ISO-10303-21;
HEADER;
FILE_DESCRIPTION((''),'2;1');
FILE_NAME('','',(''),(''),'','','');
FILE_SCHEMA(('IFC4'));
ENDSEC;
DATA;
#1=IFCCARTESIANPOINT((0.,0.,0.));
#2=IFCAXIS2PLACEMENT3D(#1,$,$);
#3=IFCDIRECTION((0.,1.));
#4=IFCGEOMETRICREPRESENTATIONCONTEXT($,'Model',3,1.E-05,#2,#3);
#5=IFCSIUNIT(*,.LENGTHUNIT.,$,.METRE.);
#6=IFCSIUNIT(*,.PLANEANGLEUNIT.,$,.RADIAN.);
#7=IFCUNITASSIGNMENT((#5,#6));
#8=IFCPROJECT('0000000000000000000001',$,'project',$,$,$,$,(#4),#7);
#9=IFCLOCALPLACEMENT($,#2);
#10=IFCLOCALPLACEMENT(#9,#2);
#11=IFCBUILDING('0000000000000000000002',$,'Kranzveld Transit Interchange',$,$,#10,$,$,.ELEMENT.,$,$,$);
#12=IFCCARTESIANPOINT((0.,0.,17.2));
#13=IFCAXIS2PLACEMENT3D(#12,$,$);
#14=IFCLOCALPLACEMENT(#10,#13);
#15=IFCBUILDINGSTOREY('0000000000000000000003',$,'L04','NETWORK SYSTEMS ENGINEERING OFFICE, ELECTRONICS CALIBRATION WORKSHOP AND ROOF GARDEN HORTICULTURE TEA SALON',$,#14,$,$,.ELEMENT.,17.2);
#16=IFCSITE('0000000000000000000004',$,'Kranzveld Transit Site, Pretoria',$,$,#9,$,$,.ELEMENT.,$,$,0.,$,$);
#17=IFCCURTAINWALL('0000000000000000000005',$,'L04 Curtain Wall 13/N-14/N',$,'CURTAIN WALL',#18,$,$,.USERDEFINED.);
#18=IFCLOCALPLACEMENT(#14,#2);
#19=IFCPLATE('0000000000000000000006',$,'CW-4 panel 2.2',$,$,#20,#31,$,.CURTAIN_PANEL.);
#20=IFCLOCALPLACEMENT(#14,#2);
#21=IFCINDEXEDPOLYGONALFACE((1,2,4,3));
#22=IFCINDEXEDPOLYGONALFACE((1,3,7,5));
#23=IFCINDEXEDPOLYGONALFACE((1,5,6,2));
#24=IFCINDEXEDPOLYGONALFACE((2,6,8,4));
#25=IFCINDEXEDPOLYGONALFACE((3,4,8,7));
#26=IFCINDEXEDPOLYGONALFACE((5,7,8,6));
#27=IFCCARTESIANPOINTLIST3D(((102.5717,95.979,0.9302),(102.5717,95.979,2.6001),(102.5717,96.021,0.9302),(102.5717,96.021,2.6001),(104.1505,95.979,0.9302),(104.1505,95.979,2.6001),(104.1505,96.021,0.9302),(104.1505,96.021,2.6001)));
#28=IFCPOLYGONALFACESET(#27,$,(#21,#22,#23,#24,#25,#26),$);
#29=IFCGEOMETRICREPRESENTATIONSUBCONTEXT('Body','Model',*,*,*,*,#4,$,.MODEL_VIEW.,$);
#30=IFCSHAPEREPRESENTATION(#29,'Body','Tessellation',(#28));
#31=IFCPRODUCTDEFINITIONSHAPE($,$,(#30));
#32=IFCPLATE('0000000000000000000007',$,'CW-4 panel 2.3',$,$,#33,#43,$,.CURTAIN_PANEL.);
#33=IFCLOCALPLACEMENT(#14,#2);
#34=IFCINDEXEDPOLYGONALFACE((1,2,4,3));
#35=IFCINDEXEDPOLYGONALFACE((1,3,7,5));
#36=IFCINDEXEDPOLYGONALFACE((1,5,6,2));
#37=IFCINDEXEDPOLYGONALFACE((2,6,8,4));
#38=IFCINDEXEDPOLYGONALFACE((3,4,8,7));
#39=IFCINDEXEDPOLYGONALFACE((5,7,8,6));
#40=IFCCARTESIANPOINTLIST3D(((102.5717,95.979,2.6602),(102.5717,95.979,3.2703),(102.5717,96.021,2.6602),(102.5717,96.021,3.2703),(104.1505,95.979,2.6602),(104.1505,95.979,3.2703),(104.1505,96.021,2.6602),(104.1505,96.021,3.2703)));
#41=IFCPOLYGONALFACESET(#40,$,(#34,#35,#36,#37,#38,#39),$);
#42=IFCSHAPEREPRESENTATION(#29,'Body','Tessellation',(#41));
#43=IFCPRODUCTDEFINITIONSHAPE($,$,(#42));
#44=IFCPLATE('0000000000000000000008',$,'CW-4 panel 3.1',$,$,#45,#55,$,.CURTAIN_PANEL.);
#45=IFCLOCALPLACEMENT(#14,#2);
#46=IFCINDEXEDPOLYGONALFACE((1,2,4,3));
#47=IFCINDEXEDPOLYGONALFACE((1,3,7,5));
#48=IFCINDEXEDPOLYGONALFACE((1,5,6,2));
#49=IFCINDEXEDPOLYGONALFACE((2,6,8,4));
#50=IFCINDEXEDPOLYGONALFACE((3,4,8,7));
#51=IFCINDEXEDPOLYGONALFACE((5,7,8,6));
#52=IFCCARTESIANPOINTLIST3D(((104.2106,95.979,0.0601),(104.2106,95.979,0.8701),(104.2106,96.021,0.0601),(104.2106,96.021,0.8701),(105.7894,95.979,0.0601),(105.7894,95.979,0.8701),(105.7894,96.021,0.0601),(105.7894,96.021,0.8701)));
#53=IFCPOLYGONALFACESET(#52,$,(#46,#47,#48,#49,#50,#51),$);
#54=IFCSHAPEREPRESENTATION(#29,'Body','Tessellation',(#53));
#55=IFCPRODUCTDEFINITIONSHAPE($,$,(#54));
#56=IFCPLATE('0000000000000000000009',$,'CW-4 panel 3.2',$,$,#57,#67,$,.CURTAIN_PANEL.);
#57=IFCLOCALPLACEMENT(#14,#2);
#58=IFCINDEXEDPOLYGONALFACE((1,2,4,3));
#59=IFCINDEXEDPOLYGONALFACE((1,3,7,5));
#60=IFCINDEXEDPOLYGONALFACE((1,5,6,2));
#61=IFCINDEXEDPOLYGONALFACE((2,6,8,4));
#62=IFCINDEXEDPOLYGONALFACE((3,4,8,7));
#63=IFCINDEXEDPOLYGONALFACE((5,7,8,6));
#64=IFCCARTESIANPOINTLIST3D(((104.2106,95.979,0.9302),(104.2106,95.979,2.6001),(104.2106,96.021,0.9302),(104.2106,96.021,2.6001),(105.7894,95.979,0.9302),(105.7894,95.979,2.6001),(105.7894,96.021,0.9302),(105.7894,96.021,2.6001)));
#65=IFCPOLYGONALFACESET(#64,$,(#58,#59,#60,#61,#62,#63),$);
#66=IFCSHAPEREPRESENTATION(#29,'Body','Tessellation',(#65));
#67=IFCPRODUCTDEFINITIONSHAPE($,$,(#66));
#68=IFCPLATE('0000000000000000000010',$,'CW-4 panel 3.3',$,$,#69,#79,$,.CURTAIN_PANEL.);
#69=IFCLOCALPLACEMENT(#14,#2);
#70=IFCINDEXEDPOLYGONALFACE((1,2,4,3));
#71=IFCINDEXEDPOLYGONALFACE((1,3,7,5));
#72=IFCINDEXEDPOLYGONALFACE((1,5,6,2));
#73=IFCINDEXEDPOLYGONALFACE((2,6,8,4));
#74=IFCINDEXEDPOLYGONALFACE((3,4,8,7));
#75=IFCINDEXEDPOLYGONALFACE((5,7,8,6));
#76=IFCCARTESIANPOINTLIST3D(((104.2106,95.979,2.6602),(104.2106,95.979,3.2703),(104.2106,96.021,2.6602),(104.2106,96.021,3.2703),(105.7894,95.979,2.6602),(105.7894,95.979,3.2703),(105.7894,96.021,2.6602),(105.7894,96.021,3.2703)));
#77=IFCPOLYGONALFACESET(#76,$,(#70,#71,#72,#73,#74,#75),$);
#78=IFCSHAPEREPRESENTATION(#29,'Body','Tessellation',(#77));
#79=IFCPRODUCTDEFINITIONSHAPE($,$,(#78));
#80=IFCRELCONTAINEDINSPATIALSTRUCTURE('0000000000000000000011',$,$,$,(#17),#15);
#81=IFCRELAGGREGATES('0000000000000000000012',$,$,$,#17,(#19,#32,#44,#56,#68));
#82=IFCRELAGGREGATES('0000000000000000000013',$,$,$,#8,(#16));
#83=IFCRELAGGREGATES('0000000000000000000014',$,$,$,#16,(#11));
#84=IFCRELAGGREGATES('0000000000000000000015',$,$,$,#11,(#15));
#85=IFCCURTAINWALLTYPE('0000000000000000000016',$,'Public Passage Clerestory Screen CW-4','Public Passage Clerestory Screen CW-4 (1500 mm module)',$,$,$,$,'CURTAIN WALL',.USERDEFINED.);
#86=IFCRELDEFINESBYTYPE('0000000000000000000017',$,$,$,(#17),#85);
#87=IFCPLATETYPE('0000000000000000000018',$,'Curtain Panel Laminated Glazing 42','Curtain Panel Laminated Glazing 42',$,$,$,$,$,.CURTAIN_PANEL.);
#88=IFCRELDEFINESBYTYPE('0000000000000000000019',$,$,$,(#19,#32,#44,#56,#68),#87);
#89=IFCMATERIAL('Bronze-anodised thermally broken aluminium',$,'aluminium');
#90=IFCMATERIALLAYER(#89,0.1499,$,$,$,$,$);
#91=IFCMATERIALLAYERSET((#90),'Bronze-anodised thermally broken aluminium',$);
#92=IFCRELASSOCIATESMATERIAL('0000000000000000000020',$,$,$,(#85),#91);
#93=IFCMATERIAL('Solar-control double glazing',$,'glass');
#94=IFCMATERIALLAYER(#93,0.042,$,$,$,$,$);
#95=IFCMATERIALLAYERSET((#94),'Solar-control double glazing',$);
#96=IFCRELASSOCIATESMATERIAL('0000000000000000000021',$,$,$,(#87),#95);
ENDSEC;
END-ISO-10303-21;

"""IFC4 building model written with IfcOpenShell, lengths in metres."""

from ifc_helpers import new_model, si_unit, direction, frame, origin, origin_2d, place, context, subcontext, project, spatial, rectangle, extrude, material, layer, layer_set, type_object, element, aggregate, save


model = new_model("IFC4")

# Units and contexts
model_context = context("Model", 3, precision=1e-05, world=origin(), true_north=direction((0.0, 1.0)))
body_context = subcontext(model_context, "Body", "Model", "MODEL_VIEW")
ifc_project = project(units=[si_unit("LENGTHUNIT", "METRE"), si_unit("PLANEANGLEUNIT", "RADIAN")], contexts=[model_context])

# Site, building, storey
site_placement = place(None, origin())
site = spatial("IfcSite", under=ifc_project, at=site_placement, Name="Kranzveld Transit Site, Pretoria", CompositionType="ELEMENT", RefElevation=0.0)
building_placement = place(site_placement, origin())
building = spatial("IfcBuilding", under=site, at=building_placement, Name="Kranzveld Transit Interchange", CompositionType="ELEMENT")
storey_placement = place(building_placement, frame((0.0, 0.0, 17.2)))
storey = spatial("IfcBuildingStorey", under=building, at=storey_placement, Name="L04", Description="NETWORK SYSTEMS ENGINEERING OFFICE, ELECTRONICS CALIBRATION WORKSHOP AND ROOF GARDEN HORTICULTURE TEA SALON", CompositionType="ELEMENT", Elevation=17.2)

# Curtain wall
ifc_material_1 = material(Name="Bronze-anodised thermally broken aluminium", Category="aluminium")
ifc_layer_1 = layer(ifc_material_1, 0.1499)
ifc_layer_set_1 = layer_set([ifc_layer_1], Name="Bronze-anodised thermally broken aluminium")
curtain_wall_type = type_object("IfcCurtainWallType", Name="Public Passage Clerestory Screen CW-4", Description="Public Passage Clerestory Screen CW-4 (1500 mm module)", ElementType="CURTAIN WALL", PredefinedType="USERDEFINED", material=ifc_layer_set_1)
curtain_wall_placement = place(storey_placement, origin())
curtain_wall = element("IfcCurtainWall", 1, at=curtain_wall_placement, inside=storey, type_object=curtain_wall_type, Name="L04 Curtain Wall 13/N-14/N", ObjectType="CURTAIN WALL", PredefinedType="USERDEFINED")

# Plates
ifc_material_2 = material(Name="Solar-control double glazing", Category="glass")
ifc_layer_2 = layer(ifc_material_2, 0.042)
ifc_layer_set_2 = layer_set([ifc_layer_2], Name="Solar-control double glazing")
plate_type = type_object("IfcPlateType", Name="Curtain Panel Laminated Glazing 42", Description="Curtain Panel Laminated Glazing 42", PredefinedType="CURTAIN_PANEL", material=ifc_layer_set_2)
plate_1_placement = place(storey_placement, frame((103.3611, 96.0, 0.9302), z_axis=(0.0, 0.0, 1.0), x_axis=(1.0, 0.0, 0.0)))
plate_1 = element("IfcPlate", 2, at=plate_1_placement, type_object=plate_type, Name="CW-4 panel 2.2", PredefinedType="CURTAIN_PANEL", context=body_context, shape_type="SweptSolid", body=[
    extrude(rectangle(XDim=1.5789, YDim=0.042, at=origin_2d()), origin(), (0.0, 0.0, 1.0), 1.6699),
])
plate_2_placement = place(storey_placement, frame((103.3611, 96.0, 2.6602), z_axis=(0.0, 0.0, 1.0), x_axis=(1.0, 0.0, 0.0)))
plate_2 = element("IfcPlate", 3, at=plate_2_placement, type_object=plate_type, Name="CW-4 panel 2.3", PredefinedType="CURTAIN_PANEL", context=body_context, shape_type="SweptSolid", body=[
    extrude(rectangle(XDim=1.5789, YDim=0.042, at=origin_2d()), origin(), (0.0, 0.0, 1.0), 0.6101),
])
plate_3_placement = place(storey_placement, frame((105.0, 96.0, 0.0601), z_axis=(0.0, 0.0, 1.0), x_axis=(1.0, 0.0, 0.0)))
plate_3 = element("IfcPlate", 4, at=plate_3_placement, type_object=plate_type, Name="CW-4 panel 3.1", PredefinedType="CURTAIN_PANEL", context=body_context, shape_type="SweptSolid", body=[
    extrude(rectangle(XDim=1.5789, YDim=0.042, at=origin_2d()), origin(), (0.0, 0.0, 1.0), 0.8101),
])
plate_4_placement = place(storey_placement, frame((105.0, 96.0, 0.9302), z_axis=(0.0, 0.0, 1.0), x_axis=(1.0, 0.0, 0.0)))
plate_4 = element("IfcPlate", 5, at=plate_4_placement, type_object=plate_type, Name="CW-4 panel 3.2", PredefinedType="CURTAIN_PANEL", context=body_context, shape_type="SweptSolid", body=[
    extrude(rectangle(XDim=1.5789, YDim=0.042, at=origin_2d()), origin(), (0.0, 0.0, 1.0), 1.6699),
])
plate_5_placement = place(storey_placement, frame((105.0, 96.0, 2.6602), z_axis=(0.0, 0.0, 1.0), x_axis=(1.0, 0.0, 0.0)))
plate_5 = element("IfcPlate", 6, at=plate_5_placement, type_object=plate_type, Name="CW-4 panel 3.3", PredefinedType="CURTAIN_PANEL", context=body_context, shape_type="SweptSolid", body=[
    extrude(rectangle(XDim=1.5789, YDim=0.042, at=origin_2d()), origin(), (0.0, 0.0, 1.0), 0.6101),
])
aggregate(curtain_wall, [plate_1, plate_2, plate_3, plate_4, plate_5])

save(model, "model.ifc")
